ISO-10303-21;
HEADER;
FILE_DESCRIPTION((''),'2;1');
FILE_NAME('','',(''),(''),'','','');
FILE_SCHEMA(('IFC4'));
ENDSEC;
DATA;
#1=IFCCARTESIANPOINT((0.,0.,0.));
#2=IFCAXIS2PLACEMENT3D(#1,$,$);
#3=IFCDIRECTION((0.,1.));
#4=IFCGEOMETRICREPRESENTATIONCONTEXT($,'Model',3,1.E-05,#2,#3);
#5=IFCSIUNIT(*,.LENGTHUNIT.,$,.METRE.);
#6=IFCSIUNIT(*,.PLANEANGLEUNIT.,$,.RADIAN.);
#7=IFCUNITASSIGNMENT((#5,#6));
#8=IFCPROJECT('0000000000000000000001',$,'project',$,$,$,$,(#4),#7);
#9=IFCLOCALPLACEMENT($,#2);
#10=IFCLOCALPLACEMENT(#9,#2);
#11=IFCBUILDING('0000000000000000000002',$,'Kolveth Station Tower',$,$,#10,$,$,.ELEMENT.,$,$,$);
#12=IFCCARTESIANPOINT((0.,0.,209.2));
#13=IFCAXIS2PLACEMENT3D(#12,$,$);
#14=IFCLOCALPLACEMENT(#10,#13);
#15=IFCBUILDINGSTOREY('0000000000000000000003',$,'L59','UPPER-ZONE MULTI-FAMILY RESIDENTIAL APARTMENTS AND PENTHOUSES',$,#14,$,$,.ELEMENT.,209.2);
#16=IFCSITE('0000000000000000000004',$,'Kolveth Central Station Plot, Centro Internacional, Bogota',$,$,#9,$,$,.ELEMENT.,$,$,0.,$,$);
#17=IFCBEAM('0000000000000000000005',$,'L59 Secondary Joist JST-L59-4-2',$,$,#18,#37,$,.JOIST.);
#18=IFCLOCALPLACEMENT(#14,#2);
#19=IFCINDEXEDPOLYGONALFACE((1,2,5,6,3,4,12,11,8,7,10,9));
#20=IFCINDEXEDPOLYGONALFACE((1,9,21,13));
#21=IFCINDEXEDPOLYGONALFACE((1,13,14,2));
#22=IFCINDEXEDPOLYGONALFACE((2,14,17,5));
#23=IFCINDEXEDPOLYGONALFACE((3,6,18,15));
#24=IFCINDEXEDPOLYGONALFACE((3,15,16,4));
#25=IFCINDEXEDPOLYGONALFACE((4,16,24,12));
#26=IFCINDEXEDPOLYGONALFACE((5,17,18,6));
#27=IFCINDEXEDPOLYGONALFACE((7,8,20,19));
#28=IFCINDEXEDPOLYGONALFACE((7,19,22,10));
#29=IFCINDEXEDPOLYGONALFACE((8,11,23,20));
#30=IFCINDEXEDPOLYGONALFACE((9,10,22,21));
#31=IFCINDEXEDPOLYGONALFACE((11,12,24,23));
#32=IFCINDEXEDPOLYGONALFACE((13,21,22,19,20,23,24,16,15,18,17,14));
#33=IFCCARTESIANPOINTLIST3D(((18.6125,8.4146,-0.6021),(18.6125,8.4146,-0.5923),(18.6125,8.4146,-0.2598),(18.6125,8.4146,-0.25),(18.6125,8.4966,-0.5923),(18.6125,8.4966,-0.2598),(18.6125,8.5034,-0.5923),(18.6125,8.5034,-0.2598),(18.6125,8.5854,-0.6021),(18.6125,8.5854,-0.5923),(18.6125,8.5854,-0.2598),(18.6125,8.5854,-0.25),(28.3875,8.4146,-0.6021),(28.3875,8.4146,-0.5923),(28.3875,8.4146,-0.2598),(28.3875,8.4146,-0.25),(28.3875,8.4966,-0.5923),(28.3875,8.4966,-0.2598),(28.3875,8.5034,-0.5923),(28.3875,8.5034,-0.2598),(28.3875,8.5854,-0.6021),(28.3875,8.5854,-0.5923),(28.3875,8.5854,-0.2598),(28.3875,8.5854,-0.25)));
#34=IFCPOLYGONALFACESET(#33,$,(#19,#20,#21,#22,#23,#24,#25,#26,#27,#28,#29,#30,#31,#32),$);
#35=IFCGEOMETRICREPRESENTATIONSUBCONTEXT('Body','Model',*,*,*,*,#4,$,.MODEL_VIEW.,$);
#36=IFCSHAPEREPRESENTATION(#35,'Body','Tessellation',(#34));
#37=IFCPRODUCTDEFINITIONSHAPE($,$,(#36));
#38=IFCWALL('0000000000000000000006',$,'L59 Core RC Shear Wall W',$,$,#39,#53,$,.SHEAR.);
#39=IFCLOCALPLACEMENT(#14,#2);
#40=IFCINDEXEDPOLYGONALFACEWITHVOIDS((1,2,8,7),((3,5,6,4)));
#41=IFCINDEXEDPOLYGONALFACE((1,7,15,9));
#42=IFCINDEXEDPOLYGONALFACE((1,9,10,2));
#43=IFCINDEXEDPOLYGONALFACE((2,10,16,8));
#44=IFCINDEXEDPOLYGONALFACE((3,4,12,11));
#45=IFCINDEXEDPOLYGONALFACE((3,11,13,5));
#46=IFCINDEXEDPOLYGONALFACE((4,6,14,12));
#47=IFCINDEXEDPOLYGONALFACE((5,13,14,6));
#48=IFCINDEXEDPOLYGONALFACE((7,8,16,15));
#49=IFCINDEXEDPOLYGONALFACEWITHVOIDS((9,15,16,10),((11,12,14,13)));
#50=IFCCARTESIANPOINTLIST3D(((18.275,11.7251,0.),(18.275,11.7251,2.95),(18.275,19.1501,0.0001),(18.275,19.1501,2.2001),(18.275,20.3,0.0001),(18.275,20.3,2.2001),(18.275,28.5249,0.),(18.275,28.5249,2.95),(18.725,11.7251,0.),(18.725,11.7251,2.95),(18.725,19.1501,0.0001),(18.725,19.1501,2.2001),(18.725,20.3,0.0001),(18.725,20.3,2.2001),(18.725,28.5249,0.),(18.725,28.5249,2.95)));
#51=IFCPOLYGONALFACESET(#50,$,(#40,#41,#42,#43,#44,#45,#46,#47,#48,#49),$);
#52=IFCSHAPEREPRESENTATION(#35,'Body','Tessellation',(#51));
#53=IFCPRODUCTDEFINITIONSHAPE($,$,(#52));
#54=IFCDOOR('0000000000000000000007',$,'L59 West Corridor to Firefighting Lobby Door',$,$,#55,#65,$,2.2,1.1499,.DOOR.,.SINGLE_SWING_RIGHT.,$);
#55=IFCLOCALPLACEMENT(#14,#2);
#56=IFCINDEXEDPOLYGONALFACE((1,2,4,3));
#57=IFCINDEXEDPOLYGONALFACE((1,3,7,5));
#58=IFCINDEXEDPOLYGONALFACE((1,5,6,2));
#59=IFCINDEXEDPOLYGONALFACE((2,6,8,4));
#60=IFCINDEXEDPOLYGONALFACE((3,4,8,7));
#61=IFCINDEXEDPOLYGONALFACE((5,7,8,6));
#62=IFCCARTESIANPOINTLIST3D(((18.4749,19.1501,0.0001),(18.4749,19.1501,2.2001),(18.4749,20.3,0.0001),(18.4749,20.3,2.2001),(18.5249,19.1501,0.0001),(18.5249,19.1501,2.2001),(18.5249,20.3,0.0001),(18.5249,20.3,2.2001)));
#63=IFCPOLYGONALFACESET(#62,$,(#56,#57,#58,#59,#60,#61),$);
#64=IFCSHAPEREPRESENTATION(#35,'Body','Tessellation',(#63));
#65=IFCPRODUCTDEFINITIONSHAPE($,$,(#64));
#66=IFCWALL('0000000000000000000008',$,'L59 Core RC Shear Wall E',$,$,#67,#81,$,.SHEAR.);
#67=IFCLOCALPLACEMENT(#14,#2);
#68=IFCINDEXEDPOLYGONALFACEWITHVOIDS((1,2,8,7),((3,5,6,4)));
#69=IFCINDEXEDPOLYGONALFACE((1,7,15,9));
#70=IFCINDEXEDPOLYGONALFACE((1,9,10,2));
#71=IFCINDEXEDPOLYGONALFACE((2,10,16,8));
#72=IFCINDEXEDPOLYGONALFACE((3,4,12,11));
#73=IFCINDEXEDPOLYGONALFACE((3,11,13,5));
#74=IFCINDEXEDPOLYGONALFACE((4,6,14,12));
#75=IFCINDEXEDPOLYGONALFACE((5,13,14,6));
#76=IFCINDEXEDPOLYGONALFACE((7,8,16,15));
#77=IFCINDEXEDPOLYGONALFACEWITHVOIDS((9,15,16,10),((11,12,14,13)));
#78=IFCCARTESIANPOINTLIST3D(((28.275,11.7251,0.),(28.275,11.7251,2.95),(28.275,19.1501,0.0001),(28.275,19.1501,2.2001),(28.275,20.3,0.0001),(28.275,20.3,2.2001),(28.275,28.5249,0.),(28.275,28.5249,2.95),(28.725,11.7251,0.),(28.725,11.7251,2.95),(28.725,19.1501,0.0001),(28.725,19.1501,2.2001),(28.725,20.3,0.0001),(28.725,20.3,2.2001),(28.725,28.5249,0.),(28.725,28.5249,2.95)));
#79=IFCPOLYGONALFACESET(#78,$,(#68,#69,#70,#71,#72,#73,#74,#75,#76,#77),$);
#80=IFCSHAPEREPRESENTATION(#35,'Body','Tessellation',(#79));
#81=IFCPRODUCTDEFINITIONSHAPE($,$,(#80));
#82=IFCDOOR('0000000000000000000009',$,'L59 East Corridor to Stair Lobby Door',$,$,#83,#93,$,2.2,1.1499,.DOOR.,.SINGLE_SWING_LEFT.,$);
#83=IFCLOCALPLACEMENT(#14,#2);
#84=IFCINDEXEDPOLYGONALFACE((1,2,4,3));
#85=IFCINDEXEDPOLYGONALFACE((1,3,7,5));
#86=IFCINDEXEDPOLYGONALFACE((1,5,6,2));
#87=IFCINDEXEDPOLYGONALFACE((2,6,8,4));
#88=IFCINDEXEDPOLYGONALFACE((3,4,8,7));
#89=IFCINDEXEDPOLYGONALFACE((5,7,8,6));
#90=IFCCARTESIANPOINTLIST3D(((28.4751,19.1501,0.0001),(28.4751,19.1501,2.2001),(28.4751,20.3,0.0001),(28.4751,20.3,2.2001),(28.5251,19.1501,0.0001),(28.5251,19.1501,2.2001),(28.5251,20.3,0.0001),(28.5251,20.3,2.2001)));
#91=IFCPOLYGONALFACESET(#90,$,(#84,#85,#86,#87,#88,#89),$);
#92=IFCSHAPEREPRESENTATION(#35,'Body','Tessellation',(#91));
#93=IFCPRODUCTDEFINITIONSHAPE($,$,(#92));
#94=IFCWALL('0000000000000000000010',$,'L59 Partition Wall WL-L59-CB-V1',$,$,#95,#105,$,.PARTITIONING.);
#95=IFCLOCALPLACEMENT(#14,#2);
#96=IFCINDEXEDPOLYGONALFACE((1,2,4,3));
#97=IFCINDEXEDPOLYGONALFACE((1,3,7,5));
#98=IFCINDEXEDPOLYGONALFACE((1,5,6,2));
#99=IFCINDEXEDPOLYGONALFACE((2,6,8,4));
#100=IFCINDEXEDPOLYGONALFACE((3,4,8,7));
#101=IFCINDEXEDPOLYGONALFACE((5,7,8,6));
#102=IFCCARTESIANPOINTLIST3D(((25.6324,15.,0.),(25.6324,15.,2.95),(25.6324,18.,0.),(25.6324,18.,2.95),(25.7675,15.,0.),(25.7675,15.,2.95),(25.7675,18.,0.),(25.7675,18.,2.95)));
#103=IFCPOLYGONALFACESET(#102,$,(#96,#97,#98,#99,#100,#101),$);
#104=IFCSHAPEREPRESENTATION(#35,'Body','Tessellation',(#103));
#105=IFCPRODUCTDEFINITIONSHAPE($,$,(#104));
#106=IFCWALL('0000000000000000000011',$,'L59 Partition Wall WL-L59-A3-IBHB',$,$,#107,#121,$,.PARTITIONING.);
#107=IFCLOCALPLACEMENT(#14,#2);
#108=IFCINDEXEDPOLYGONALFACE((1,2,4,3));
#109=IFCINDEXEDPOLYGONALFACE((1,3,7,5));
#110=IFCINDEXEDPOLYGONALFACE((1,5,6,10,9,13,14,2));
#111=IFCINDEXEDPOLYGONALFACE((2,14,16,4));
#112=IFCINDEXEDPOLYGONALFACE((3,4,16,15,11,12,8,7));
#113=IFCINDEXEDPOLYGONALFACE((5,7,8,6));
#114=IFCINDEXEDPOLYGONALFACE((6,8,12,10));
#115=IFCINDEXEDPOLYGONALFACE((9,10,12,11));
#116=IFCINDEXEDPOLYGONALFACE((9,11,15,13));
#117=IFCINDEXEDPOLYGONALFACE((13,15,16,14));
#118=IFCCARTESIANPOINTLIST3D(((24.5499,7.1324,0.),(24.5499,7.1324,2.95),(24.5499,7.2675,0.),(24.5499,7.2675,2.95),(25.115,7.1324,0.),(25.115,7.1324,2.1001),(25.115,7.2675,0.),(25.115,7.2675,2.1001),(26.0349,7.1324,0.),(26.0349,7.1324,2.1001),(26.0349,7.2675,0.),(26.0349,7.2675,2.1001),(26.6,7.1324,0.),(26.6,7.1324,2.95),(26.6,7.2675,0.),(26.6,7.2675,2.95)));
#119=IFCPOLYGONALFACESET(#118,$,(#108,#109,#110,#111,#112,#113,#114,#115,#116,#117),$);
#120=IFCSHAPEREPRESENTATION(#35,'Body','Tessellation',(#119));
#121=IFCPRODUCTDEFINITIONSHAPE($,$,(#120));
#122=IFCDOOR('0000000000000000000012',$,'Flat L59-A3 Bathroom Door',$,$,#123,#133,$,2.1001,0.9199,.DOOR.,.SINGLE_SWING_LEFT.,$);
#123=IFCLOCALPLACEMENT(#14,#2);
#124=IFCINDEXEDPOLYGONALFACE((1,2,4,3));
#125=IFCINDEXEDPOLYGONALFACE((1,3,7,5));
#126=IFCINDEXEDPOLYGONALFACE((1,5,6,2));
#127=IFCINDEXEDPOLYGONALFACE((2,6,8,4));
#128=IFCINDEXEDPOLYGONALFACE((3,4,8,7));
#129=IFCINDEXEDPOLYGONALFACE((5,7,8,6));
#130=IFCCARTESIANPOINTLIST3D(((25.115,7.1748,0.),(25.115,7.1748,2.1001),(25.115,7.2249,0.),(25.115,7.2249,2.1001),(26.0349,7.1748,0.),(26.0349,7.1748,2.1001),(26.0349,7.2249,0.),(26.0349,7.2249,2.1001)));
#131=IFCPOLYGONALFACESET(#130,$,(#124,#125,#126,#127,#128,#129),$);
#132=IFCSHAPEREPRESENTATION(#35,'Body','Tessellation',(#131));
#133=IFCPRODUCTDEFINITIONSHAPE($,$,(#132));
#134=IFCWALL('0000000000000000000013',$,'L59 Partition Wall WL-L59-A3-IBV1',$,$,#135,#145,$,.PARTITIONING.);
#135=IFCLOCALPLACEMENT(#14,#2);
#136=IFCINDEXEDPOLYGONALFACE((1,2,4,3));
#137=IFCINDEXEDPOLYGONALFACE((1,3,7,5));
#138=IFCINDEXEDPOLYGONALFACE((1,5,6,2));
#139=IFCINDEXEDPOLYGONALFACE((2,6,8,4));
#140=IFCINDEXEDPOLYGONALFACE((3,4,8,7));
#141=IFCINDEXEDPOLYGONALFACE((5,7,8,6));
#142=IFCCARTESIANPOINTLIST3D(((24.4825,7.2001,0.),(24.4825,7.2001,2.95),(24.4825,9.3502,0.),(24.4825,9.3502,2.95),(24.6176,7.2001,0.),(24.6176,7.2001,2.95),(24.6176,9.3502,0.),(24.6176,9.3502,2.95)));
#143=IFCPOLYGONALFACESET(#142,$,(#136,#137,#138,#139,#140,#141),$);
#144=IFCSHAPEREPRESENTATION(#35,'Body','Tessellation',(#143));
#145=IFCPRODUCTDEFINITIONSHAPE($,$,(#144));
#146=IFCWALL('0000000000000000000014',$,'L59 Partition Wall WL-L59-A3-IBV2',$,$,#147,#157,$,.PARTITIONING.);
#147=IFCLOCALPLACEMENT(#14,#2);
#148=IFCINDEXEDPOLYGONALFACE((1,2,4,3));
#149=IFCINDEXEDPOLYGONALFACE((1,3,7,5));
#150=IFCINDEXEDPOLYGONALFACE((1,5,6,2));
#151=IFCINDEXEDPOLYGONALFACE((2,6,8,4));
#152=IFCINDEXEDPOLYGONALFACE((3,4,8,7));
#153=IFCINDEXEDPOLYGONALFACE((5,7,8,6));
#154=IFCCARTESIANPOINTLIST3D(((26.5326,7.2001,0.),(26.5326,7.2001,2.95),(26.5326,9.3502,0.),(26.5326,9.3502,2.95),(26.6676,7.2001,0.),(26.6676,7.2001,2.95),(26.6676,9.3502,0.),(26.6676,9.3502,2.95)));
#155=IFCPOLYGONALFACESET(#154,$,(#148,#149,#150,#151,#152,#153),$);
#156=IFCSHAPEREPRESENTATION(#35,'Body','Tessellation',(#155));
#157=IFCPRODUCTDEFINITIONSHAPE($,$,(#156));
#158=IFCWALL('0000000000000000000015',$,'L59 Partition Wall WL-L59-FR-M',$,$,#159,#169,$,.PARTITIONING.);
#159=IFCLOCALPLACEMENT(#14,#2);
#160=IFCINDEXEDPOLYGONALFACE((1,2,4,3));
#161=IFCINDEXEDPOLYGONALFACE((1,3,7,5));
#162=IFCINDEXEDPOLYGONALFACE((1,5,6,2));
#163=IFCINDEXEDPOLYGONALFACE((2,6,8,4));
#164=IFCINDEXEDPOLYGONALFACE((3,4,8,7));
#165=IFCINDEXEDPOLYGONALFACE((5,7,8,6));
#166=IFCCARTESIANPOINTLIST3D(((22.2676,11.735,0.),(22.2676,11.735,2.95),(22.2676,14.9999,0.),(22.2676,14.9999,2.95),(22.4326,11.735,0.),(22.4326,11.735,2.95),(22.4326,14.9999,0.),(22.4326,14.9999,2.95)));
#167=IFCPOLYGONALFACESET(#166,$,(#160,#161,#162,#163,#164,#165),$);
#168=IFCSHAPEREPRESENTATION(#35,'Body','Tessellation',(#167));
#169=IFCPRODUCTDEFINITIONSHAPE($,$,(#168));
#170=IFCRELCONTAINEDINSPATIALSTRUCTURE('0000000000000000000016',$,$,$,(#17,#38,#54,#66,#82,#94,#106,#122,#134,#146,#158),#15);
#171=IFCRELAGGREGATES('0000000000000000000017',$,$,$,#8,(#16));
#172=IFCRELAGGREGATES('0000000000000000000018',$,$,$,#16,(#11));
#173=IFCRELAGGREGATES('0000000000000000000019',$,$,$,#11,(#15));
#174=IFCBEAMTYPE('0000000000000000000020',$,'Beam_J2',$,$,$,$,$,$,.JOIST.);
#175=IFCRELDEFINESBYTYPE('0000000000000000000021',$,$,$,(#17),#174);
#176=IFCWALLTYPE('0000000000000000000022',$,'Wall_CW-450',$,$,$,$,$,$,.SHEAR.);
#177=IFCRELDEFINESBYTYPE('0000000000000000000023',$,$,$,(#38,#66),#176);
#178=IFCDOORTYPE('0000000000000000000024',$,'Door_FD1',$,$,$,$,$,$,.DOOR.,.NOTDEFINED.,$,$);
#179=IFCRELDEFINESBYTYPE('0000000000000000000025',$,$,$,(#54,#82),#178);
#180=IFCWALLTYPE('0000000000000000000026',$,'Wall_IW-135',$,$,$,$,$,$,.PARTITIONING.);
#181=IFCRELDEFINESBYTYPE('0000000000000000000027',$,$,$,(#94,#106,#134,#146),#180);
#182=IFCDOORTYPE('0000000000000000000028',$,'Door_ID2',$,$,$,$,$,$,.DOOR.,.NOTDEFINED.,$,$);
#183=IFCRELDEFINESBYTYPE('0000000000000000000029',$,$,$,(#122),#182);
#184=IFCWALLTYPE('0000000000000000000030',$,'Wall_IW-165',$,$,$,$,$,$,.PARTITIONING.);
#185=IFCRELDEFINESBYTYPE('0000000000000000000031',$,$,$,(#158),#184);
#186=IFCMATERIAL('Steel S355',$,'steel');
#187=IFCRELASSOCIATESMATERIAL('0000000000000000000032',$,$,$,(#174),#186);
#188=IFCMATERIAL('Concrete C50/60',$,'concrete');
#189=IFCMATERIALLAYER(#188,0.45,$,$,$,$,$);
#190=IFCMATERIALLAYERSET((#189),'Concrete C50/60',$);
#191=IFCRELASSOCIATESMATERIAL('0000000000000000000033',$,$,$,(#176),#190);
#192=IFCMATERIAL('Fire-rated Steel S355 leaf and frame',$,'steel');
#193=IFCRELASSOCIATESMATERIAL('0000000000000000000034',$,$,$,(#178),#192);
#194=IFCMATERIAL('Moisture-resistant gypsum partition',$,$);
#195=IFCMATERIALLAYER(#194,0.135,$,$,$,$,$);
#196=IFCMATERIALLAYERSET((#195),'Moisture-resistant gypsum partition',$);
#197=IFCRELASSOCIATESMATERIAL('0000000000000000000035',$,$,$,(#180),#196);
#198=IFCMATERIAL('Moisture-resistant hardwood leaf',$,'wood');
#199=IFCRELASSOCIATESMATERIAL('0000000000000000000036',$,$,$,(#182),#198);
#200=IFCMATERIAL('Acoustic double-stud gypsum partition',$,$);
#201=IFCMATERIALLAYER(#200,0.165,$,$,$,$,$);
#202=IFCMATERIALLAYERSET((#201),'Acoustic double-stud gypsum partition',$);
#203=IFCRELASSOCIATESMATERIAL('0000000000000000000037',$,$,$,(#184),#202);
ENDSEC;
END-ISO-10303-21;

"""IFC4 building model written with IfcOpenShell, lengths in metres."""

from ifc_helpers import new_model, si_unit, direction, frame, frame_2d, origin, origin_2d, place, context, subcontext, project, spatial, rectangle, i_section, extrude, source, transform, mapped, material, layer, layer_set, material_profile, profile_set, type_object, element, fill, save


model = new_model("IFC4")

# Units and contexts
model_context = context("Model", 3, precision=1e-05, world=origin(), true_north=direction((0.0, 1.0)))
body_context = subcontext(model_context, "Body", "Model", "MODEL_VIEW")
ifc_project = project(units=[si_unit("LENGTHUNIT", "METRE"), si_unit("PLANEANGLEUNIT", "RADIAN")], contexts=[model_context])

# Site, building, storey
site_placement = place(None, origin())
site = spatial("IfcSite", under=ifc_project, at=site_placement, Name="Kolveth Central Station Plot, Centro Internacional, Bogota", CompositionType="ELEMENT", RefElevation=0.0)
building_placement = place(site_placement, origin())
building = spatial("IfcBuilding", under=site, at=building_placement, Name="Kolveth Station Tower", CompositionType="ELEMENT")
storey_placement = place(building_placement, frame((0.0, 0.0, 209.2)))
storey = spatial("IfcBuildingStorey", under=building, at=storey_placement, Name="L59", Description="UPPER-ZONE MULTI-FAMILY RESIDENTIAL APARTMENTS AND PENTHOUSES", CompositionType="ELEMENT", Elevation=209.2)

# Shared definitions
ifc_material_1 = material(Name="Steel S355", Category="steel")

# Beam
ifc_material_profile_1 = material_profile(ifc_material_1, i_section(OverallWidth=0.1709, OverallDepth=0.3521, WebThickness=0.0068, FlangeThickness=0.0098, at=origin_2d()), Name="W360x44")
ifc_profile_set_1 = profile_set([ifc_material_profile_1], Name="Steel S355")
beam_type_1 = type_object("IfcBeamType", Name="Beam_J2", PredefinedType="JOIST", material=ifc_profile_set_1)
shared_shape_1 = source(origin(), body_context, "Body", "SweptSolid", [
    extrude(i_section(OverallWidth=0.1709, OverallDepth=0.3521, WebThickness=0.0068, FlangeThickness=0.0098, at=origin_2d()), origin(), (0.0, 0.0, 1.0), 9.7749),
])
beam_1_placement = place(storey_placement, frame((18.6125, 8.5, -0.426), z_axis=(1.0, 0.0, 0.0), x_axis=(0.0, 1.0, 0.0)))
element("IfcBeam", 1, at=beam_1_placement, inside=storey, type_object=beam_type_1, Name="L59 Secondary Joist JST-L59-4-2", PredefinedType="JOIST", context=body_context, shape_type="MappedRepresentation", body=[
    mapped(shared_shape_1, transform((0.0, 0.0, 0.0), x_axis=(1.0, 0.0, 0.0), y_axis=(0.0, 1.0, 0.0), z_axis=(0.0, 0.0, 1.0), scale=1.0)),
])

# Walls, openings, doors
ifc_material_2 = material(Name="Concrete C50/60", Category="concrete")
ifc_layer_1 = layer(ifc_material_2, 0.45)
ifc_layer_set_1 = layer_set([ifc_layer_1], Name="Concrete C50/60")
wall_type_1 = type_object("IfcWallType", Name="Wall_CW-450", PredefinedType="SHEAR", material=ifc_layer_set_1)
wall_1_placement = place(storey_placement, frame((18.5, 11.7251, 0.0), z_axis=(0.0, 0.0, 1.0), x_axis=(0.0, 1.0, 0.0)))
wall_1 = element("IfcWall", 2, at=wall_1_placement, inside=storey, type_object=wall_type_1, Name="L59 Core RC Shear Wall W", PredefinedType="SHEAR", context=body_context, shape_type="SweptSolid", body=[
    extrude(rectangle(XDim=16.7998, YDim=0.45, at=frame_2d((8.3999, 0.0))), origin(), (0.0, 0.0, 1.0), 2.95),
])
opening_1_placement = place(wall_1_placement, frame((7.425, 0.0, 0.0)))
opening_1 = element("IfcOpeningElement", 3, at=opening_1_placement, cuts=wall_1, PredefinedType="OPENING", context=body_context, shape_type="SweptSolid", body=[
    extrude(rectangle(XDim=1.1499, YDim=2.2, at=frame_2d((0.575, 1.1001))), frame((0.0, 0.2349, 0.0), z_axis=(0.0, -1.0, 0.0), x_axis=(1.0, 0.0, 0.0)), (0.0, 0.0, 1.0), 0.47),
])
ifc_material_3 = material(Name="Fire-rated Steel S355 leaf and frame", Category="steel")
door_type_1 = type_object("IfcDoorType", Name="Door_FD1", OperationType="NOTDEFINED", PredefinedType="DOOR", material=ifc_material_3)
door_1_placement = place(opening_1_placement, frame((1.1499, 0.0, 0.0), z_axis=(0.0, 0.0, 1.0), x_axis=(-1.0, 0.0, 0.0)))
door_1 = element("IfcDoor", 4, at=door_1_placement, inside=storey, type_object=door_type_1, Name="L59 West Corridor to Firefighting Lobby Door", OperationType="SINGLE_SWING_RIGHT", OverallHeight=2.2, OverallWidth=1.1499, PredefinedType="DOOR", context=body_context, shape_type="SweptSolid", body=[
    extrude(rectangle(XDim=1.1499, YDim=2.2, at=frame_2d((0.575, 1.1001))), frame((0.0, 0.0249, 0.0), z_axis=(0.0, -1.0, 0.0), x_axis=(1.0, 0.0, 0.0)), (0.0, 0.0, 1.0), 0.05),
])
fill(opening_1, door_1)
wall_2_placement = place(storey_placement, frame((28.5, 11.7251, 0.0), z_axis=(0.0, 0.0, 1.0), x_axis=(0.0, 1.0, 0.0)))
wall_2 = element("IfcWall", 5, at=wall_2_placement, inside=storey, type_object=wall_type_1, Name="L59 Core RC Shear Wall E", PredefinedType="SHEAR", context=body_context, shape_type="SweptSolid", body=[
    extrude(rectangle(XDim=16.7998, YDim=0.45, at=frame_2d((8.3999, 0.0))), origin(), (0.0, 0.0, 1.0), 2.95),
])
opening_2_placement = place(wall_2_placement, frame((7.425, 0.0, 0.0)))
opening_2 = element("IfcOpeningElement", 6, at=opening_2_placement, cuts=wall_2, PredefinedType="OPENING", context=body_context, shape_type="SweptSolid", body=[
    extrude(rectangle(XDim=1.1499, YDim=2.2, at=frame_2d((0.575, 1.1001))), frame((0.0, 0.2349, 0.0), z_axis=(0.0, -1.0, 0.0), x_axis=(1.0, 0.0, 0.0)), (0.0, 0.0, 1.0), 0.47),
])
door_2_placement = place(opening_2_placement, origin())
door_2 = element("IfcDoor", 7, at=door_2_placement, inside=storey, type_object=door_type_1, Name="L59 East Corridor to Stair Lobby Door", OperationType="SINGLE_SWING_LEFT", OverallHeight=2.2, OverallWidth=1.1499, PredefinedType="DOOR", context=body_context, shape_type="SweptSolid", body=[
    extrude(rectangle(XDim=1.1499, YDim=2.2, at=frame_2d((0.575, 1.1001))), frame((0.0, 0.0249, 0.0), z_axis=(0.0, -1.0, 0.0), x_axis=(1.0, 0.0, 0.0)), (0.0, 0.0, 1.0), 0.05),
])
fill(opening_2, door_2)

# Wall
ifc_material_4 = material(Name="Moisture-resistant gypsum partition")
ifc_layer_2 = layer(ifc_material_4, 0.135)
ifc_layer_set_2 = layer_set([ifc_layer_2], Name="Moisture-resistant gypsum partition")
wall_type_2 = type_object("IfcWallType", Name="Wall_IW-135", PredefinedType="PARTITIONING", material=ifc_layer_set_2)
wall_3_placement = place(storey_placement, frame((25.7, 15.0, 0.0), z_axis=(0.0, 0.0, 1.0), x_axis=(0.0, 1.0, 0.0)))
element("IfcWall", 8, at=wall_3_placement, inside=storey, type_object=wall_type_2, Name="L59 Partition Wall WL-L59-CB-V1", PredefinedType="PARTITIONING", context=body_context, shape_type="SweptSolid", body=[
    extrude(rectangle(XDim=3.0, YDim=0.135, at=frame_2d((1.5, 0.0))), origin(), (0.0, 0.0, 1.0), 2.95),
])

# Wall, opening, door
wall_4_placement = place(storey_placement, frame((24.55, 7.2, 0.0), z_axis=(0.0, 0.0, 1.0), x_axis=(1.0, 0.0, 0.0)))
wall_4 = element("IfcWall", 9, at=wall_4_placement, inside=storey, type_object=wall_type_2, Name="L59 Partition Wall WL-L59-A3-IBHB", PredefinedType="PARTITIONING", context=body_context, shape_type="SweptSolid", body=[
    extrude(rectangle(XDim=2.05, YDim=0.135, at=frame_2d((1.0249, 0.0))), origin(), (0.0, 0.0, 1.0), 2.95),
])
opening_3_placement = place(wall_4_placement, frame((0.5649, 0.0, 0.0)))
opening_3 = element("IfcOpeningElement", 10, at=opening_3_placement, cuts=wall_4, PredefinedType="OPENING", context=body_context, shape_type="SweptSolid", body=[
    extrude(rectangle(XDim=0.9199, YDim=2.1001, at=frame_2d((0.46, 1.05))), frame((0.0, 0.0774, 0.0), z_axis=(0.0, -1.0, 0.0), x_axis=(1.0, 0.0, 0.0)), (0.0, 0.0, 1.0), 0.155),
])
ifc_material_5 = material(Name="Moisture-resistant hardwood leaf", Category="wood")
door_type_2 = type_object("IfcDoorType", Name="Door_ID2", OperationType="NOTDEFINED", PredefinedType="DOOR", material=ifc_material_5)
door_3_placement = place(opening_3_placement, origin())
door_3 = element("IfcDoor", 11, at=door_3_placement, inside=storey, type_object=door_type_2, Name="Flat L59-A3 Bathroom Door", OperationType="SINGLE_SWING_LEFT", OverallHeight=2.1001, OverallWidth=0.9199, PredefinedType="DOOR", context=body_context, shape_type="SweptSolid", body=[
    extrude(rectangle(XDim=0.9199, YDim=2.1001, at=frame_2d((0.46, 1.05))), frame((0.0, 0.0249, 0.0), z_axis=(0.0, -1.0, 0.0), x_axis=(1.0, 0.0, 0.0)), (0.0, 0.0, 1.0), 0.05),
])
fill(opening_3, door_3)

# Walls
for number, where, z_axis, x_axis, name in (
    (12, (24.55, 7.2, 0.0), (0.0, 0.0, 1.0), (0.0, 1.0, 0.0), "L59 Partition Wall WL-L59-A3-IBV1"),
    (13, (26.6001, 7.2, 0.0), (0.0, 0.0, 1.0), (0.0, 1.0, 0.0), "L59 Partition Wall WL-L59-A3-IBV2"),
):
    element("IfcWall", number, at=place(storey_placement, frame(where, z_axis=z_axis, x_axis=x_axis)), inside=storey, type_object=wall_type_2, Name=name, PredefinedType="PARTITIONING", context=body_context, shape_type="SweptSolid", body=[
        extrude(rectangle(XDim=2.1501, YDim=0.135, at=frame_2d((1.0752, 0.0))), origin(), (0.0, 0.0, 1.0), 2.95),
    ])
ifc_material_6 = material(Name="Acoustic double-stud gypsum partition")
ifc_layer_3 = layer(ifc_material_6, 0.165)
ifc_layer_set_3 = layer_set([ifc_layer_3], Name="Acoustic double-stud gypsum partition")
wall_type_3 = type_object("IfcWallType", Name="Wall_IW-165", PredefinedType="PARTITIONING", material=ifc_layer_set_3)
wall_5_placement = place(storey_placement, frame((22.3501, 11.7351, 0.0), z_axis=(0.0, 0.0, 1.0), x_axis=(0.0, 1.0, 0.0)))
element("IfcWall", 14, at=wall_5_placement, inside=storey, type_object=wall_type_3, Name="L59 Partition Wall WL-L59-FR-M", PredefinedType="PARTITIONING", context=body_context, shape_type="SweptSolid", body=[
    extrude(rectangle(XDim=3.2649, YDim=0.165, at=frame_2d((1.6323, 0.0))), origin(), (0.0, 0.0, 1.0), 2.95),
])

save(model, "model.ifc")
